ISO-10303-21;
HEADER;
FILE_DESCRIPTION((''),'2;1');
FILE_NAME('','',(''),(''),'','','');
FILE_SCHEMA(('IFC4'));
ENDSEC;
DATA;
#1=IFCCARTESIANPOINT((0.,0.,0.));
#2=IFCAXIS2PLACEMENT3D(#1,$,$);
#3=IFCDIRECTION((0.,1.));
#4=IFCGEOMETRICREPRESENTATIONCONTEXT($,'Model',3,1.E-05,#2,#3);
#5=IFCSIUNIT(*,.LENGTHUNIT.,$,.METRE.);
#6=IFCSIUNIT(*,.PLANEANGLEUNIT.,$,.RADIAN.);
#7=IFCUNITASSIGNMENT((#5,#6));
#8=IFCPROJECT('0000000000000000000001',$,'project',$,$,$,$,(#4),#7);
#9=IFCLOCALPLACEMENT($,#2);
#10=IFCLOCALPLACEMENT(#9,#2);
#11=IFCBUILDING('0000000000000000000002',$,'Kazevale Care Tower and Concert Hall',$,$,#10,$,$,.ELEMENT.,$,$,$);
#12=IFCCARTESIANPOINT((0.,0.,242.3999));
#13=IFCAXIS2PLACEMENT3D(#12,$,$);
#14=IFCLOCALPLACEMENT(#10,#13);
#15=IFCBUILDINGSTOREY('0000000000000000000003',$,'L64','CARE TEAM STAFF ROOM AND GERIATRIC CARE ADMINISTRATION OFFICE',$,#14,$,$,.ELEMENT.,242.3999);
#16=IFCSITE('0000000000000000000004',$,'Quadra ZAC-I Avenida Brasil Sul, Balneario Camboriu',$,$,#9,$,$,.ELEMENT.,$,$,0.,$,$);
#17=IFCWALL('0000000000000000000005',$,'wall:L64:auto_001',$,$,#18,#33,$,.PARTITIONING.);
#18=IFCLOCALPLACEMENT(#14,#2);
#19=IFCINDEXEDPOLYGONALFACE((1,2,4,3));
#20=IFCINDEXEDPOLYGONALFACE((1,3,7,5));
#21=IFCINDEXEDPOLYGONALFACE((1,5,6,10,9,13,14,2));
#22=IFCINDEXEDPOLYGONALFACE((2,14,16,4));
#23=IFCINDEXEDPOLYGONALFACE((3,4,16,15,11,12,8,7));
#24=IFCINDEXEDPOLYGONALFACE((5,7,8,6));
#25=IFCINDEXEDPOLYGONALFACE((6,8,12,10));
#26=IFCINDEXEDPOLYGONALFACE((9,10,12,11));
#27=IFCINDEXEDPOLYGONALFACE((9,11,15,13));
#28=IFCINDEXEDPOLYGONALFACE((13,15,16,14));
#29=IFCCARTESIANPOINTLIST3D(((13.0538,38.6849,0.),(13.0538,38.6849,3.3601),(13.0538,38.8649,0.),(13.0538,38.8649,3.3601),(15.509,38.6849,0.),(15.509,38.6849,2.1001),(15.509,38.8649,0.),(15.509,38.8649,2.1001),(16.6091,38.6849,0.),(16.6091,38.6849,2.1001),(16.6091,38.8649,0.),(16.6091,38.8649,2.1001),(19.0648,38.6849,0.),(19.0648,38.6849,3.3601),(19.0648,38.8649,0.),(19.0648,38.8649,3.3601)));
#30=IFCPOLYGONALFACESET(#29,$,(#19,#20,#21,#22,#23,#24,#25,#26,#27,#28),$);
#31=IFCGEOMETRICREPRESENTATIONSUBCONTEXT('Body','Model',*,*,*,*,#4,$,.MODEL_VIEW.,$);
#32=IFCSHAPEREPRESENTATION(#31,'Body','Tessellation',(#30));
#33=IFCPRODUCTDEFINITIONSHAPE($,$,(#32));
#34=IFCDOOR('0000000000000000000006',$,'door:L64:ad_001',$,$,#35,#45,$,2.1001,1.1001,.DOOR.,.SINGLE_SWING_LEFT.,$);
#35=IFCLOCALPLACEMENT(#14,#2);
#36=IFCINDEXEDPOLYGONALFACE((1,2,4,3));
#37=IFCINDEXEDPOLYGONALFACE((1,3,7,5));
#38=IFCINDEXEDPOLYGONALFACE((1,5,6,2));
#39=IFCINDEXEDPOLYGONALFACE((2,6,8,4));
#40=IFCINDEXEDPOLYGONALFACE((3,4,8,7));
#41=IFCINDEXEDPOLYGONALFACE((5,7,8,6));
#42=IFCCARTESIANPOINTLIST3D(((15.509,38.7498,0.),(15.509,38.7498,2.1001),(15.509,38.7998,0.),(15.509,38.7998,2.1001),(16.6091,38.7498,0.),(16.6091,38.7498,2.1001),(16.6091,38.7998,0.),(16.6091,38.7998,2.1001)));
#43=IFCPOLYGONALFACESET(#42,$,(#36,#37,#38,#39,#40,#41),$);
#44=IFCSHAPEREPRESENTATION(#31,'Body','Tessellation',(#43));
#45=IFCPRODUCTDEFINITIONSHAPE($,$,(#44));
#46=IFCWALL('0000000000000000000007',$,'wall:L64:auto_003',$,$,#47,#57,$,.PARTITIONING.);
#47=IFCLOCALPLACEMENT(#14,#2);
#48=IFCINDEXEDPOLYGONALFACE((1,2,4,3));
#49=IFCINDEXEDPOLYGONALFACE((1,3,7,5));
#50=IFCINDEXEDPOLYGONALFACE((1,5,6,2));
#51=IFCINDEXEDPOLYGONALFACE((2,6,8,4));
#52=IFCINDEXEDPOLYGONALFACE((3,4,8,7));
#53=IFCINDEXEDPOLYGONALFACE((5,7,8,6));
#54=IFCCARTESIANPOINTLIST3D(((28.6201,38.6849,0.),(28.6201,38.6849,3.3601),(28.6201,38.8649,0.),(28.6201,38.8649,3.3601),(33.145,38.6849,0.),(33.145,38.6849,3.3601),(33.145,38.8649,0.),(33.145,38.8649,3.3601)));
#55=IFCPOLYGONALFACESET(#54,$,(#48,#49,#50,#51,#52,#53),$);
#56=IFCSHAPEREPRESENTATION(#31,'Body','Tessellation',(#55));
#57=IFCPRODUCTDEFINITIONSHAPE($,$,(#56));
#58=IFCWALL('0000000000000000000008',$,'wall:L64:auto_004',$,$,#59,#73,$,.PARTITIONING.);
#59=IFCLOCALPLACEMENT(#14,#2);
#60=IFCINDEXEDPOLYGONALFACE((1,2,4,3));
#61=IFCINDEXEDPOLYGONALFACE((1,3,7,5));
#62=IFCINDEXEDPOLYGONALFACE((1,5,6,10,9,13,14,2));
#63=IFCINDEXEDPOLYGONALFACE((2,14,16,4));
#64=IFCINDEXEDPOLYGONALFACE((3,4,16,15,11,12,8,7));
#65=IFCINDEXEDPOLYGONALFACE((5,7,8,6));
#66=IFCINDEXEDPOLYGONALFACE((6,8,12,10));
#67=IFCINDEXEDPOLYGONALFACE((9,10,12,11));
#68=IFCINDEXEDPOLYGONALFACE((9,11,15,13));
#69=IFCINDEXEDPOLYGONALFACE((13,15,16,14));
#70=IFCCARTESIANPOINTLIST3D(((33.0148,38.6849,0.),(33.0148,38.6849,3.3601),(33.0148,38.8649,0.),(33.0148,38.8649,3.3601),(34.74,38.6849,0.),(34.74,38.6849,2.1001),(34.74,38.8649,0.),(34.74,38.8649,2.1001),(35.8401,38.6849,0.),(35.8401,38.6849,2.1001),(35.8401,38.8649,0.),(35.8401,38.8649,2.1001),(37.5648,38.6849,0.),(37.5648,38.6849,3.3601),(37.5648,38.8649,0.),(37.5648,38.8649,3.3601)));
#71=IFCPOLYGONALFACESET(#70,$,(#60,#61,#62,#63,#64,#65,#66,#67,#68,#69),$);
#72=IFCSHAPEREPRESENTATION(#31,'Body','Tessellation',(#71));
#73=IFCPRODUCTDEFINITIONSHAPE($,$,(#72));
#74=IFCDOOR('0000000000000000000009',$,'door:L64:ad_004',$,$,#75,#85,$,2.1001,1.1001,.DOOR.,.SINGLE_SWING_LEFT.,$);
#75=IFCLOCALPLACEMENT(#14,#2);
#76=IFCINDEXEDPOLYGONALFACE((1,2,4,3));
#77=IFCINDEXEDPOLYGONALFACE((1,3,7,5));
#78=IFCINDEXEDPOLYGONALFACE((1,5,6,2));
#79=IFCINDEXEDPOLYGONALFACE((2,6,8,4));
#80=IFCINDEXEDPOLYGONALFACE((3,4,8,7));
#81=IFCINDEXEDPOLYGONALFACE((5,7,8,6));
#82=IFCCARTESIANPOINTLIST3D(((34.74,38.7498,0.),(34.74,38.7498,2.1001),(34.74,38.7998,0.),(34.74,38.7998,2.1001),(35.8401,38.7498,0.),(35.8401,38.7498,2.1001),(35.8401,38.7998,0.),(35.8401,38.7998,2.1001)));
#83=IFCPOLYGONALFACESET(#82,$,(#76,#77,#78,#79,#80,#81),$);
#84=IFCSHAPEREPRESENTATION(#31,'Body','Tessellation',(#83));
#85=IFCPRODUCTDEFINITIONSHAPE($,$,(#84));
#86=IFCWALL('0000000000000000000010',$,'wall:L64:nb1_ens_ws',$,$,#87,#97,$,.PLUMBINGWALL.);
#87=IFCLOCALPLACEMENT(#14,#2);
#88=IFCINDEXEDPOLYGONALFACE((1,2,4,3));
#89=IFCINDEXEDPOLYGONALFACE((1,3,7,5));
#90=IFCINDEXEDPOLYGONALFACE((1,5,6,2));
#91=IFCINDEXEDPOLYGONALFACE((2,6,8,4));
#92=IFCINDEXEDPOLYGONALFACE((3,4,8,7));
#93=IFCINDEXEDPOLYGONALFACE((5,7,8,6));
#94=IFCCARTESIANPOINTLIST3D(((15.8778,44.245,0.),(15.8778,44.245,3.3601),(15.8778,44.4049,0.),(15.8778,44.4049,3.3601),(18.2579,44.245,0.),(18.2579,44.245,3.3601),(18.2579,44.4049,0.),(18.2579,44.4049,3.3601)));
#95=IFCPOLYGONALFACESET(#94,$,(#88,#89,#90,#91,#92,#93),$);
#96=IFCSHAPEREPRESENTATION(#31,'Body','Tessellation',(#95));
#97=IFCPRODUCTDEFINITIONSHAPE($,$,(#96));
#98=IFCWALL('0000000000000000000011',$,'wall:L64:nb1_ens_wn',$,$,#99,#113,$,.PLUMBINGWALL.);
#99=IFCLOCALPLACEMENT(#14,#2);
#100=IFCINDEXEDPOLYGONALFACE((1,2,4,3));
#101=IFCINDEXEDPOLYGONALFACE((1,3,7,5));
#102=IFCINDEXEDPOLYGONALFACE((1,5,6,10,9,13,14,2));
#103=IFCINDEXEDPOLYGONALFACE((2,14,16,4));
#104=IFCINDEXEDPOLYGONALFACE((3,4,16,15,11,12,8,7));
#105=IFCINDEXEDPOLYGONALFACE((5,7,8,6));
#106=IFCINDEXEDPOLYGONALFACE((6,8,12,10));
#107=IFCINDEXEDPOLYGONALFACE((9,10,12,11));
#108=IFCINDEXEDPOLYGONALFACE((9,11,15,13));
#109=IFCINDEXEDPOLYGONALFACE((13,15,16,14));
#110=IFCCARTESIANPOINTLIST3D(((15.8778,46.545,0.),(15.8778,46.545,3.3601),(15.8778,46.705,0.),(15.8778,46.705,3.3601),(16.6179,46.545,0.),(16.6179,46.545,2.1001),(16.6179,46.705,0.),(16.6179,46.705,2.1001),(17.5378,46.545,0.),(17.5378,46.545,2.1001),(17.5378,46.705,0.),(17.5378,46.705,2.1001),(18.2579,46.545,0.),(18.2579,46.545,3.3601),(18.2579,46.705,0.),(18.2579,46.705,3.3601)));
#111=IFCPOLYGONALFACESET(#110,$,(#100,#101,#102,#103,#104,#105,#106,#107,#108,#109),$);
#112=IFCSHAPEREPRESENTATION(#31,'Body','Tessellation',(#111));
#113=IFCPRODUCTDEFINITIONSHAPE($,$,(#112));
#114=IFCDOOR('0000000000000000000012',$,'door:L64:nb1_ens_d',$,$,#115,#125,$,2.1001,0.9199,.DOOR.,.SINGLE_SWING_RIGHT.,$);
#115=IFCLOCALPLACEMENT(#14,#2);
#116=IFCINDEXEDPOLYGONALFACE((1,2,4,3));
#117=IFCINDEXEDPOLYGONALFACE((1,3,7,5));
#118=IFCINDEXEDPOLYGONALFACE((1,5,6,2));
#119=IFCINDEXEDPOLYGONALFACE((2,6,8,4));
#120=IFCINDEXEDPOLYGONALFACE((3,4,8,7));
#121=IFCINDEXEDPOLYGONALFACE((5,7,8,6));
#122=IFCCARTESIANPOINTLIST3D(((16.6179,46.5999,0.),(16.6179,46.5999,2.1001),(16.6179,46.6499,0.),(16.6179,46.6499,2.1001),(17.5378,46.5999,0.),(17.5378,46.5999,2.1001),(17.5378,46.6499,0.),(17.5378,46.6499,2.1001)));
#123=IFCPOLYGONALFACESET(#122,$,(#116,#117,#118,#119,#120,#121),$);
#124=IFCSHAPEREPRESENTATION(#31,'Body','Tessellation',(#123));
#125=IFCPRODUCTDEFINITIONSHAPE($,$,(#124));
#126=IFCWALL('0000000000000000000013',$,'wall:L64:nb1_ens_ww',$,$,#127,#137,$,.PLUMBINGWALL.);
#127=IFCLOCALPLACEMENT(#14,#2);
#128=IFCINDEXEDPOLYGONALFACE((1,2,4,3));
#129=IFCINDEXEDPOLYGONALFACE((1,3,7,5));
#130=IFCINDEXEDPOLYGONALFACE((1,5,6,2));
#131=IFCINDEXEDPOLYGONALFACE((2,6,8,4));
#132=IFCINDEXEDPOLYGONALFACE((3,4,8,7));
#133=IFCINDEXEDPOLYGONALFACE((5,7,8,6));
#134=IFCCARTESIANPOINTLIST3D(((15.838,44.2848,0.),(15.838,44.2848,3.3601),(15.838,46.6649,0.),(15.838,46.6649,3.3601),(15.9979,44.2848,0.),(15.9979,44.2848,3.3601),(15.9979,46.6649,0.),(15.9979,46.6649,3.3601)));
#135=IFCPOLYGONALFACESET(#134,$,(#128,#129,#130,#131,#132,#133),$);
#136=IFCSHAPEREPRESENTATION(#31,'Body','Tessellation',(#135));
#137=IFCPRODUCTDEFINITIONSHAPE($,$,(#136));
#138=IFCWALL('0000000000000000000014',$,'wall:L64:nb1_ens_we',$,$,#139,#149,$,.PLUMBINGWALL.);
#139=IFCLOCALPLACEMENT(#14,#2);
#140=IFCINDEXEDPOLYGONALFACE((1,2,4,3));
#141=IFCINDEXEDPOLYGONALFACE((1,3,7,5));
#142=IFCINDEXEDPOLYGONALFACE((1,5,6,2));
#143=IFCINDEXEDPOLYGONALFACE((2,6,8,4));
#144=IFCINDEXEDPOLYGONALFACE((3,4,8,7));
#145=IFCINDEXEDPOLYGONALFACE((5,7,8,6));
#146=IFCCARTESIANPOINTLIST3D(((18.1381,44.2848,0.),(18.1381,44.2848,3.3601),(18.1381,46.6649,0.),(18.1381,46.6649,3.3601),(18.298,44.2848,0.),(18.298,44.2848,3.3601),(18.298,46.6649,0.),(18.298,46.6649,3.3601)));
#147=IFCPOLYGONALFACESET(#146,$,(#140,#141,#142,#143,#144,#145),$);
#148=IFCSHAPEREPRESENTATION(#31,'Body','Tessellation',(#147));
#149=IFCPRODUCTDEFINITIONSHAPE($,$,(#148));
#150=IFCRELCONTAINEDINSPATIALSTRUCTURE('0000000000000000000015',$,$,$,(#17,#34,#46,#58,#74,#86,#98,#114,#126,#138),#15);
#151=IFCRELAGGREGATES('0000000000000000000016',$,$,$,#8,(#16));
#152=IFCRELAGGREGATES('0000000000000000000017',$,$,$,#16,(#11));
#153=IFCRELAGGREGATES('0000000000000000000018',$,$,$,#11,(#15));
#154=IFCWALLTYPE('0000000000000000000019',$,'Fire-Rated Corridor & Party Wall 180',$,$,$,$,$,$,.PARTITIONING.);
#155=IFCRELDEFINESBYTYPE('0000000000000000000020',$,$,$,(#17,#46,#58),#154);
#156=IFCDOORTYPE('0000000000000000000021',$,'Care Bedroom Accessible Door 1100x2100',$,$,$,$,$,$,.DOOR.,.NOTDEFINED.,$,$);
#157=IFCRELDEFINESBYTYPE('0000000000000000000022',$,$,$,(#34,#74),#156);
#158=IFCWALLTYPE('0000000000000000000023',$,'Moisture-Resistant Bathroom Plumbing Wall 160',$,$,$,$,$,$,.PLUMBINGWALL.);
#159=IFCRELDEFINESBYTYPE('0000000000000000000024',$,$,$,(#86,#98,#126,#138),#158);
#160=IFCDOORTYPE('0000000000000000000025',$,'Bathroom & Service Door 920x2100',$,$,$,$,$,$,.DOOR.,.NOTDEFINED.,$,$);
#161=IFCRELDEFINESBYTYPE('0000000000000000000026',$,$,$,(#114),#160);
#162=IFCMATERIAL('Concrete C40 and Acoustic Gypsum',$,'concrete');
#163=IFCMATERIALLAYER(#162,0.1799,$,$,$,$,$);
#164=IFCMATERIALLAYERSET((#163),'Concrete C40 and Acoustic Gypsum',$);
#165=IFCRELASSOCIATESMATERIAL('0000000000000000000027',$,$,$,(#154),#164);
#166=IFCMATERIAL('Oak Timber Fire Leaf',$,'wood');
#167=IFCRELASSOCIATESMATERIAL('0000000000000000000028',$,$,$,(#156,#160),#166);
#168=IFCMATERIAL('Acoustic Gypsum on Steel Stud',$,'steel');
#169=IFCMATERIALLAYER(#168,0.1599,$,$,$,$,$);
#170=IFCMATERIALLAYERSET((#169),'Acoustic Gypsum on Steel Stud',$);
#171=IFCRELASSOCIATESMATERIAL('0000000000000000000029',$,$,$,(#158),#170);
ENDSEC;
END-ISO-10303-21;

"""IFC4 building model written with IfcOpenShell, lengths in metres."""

from ifc_helpers import new_model, si_unit, direction, frame, frame_2d, origin, place, context, subcontext, project, spatial, rectangle, extrude, material, layer, layer_set, type_object, element, fill, save


model = new_model("IFC4")

# Units and contexts
model_context = context("Model", 3, precision=1e-05, world=origin(), true_north=direction((0.0, 1.0)))
body_context = subcontext(model_context, "Body", "Model", "MODEL_VIEW")
ifc_project = project(units=[si_unit("LENGTHUNIT", "METRE"), si_unit("PLANEANGLEUNIT", "RADIAN")], contexts=[model_context])

# Site, building, storey
site_placement = place(None, origin())
site = spatial("IfcSite", under=ifc_project, at=site_placement, Name="Quadra ZAC-I Avenida Brasil Sul, Balneario Camboriu", CompositionType="ELEMENT", RefElevation=0.0)
building_placement = place(site_placement, origin())
building = spatial("IfcBuilding", under=site, at=building_placement, Name="Kazevale Care Tower and Concert Hall", CompositionType="ELEMENT")
storey_placement = place(building_placement, frame((0.0, 0.0, 242.3999)))
storey = spatial("IfcBuildingStorey", under=building, at=storey_placement, Name="L64", Description="CARE TEAM STAFF ROOM AND GERIATRIC CARE ADMINISTRATION OFFICE", CompositionType="ELEMENT", Elevation=242.3999)

# Wall, opening, door
ifc_material_1 = material(Name="Concrete C40 and Acoustic Gypsum", Category="concrete")
ifc_layer_1 = layer(ifc_material_1, 0.1799)
ifc_layer_set_1 = layer_set([ifc_layer_1], Name="Concrete C40 and Acoustic Gypsum")
wall_type_1 = type_object("IfcWallType", Name="Fire-Rated Corridor & Party Wall 180", PredefinedType="PARTITIONING", material=ifc_layer_set_1)
wall_1_placement = place(storey_placement, frame((13.054, 38.7749, 0.0), z_axis=(0.0, 0.0, 1.0), x_axis=(1.0, 0.0, 0.0)))
wall_1 = element("IfcWall", 1, at=wall_1_placement, inside=storey, type_object=wall_type_1, Name="wall:L64:auto_001", PredefinedType="PARTITIONING", context=body_context, shape_type="SweptSolid", body=[
    extrude(rectangle(XDim=6.011, YDim=0.1799, at=frame_2d((3.0054, 0.0))), origin(), (0.0, 0.0, 1.0), 3.3601),
])
opening_1_placement = place(wall_1_placement, frame((2.4551, 0.0, 0.0)))
opening_1 = element("IfcOpeningElement", 2, at=opening_1_placement, cuts=wall_1, PredefinedType="OPENING", context=body_context, shape_type="SweptSolid", body=[
    extrude(rectangle(XDim=1.1001, YDim=2.1001, at=frame_2d((0.55, 1.05))), frame((0.0, 0.0999, 0.0), z_axis=(0.0, -1.0, 0.0), x_axis=(1.0, 0.0, 0.0)), (0.0, 0.0, 1.0), 0.2),
])
ifc_material_2 = material(Name="Oak Timber Fire Leaf", Category="wood")
door_type_1 = type_object("IfcDoorType", Name="Care Bedroom Accessible Door 1100x2100", OperationType="NOTDEFINED", PredefinedType="DOOR", material=ifc_material_2)
door_1_placement = place(opening_1_placement, origin())
door_1 = element("IfcDoor", 3, at=door_1_placement, inside=storey, type_object=door_type_1, Name="door:L64:ad_001", OperationType="SINGLE_SWING_LEFT", OverallHeight=2.1001, OverallWidth=1.1001, PredefinedType="DOOR", context=body_context, shape_type="SweptSolid", body=[
    extrude(rectangle(XDim=1.1001, YDim=2.1001, at=frame_2d((0.55, 1.05))), frame((0.0, 0.0249, 0.0), z_axis=(0.0, -1.0, 0.0), x_axis=(1.0, 0.0, 0.0)), (0.0, 0.0, 1.0), 0.05),
])
fill(opening_1, door_1)

# Wall
wall_2_placement = place(storey_placement, frame((28.6201, 38.7749, 0.0), z_axis=(0.0, 0.0, 1.0), x_axis=(1.0, 0.0, 0.0)))
element("IfcWall", 4, at=wall_2_placement, inside=storey, type_object=wall_type_1, Name="wall:L64:auto_003", PredefinedType="PARTITIONING", context=body_context, shape_type="SweptSolid", body=[
    extrude(rectangle(XDim=4.5249, YDim=0.1799, at=frame_2d((2.2625, 0.0))), origin(), (0.0, 0.0, 1.0), 3.3601),
])

# Wall, opening, door
wall_3_placement = place(storey_placement, frame((33.0149, 38.7749, 0.0), z_axis=(0.0, 0.0, 1.0), x_axis=(1.0, 0.0, 0.0)))
wall_3 = element("IfcWall", 5, at=wall_3_placement, inside=storey, type_object=wall_type_1, Name="wall:L64:auto_004", PredefinedType="PARTITIONING", context=body_context, shape_type="SweptSolid", body=[
    extrude(rectangle(XDim=4.55, YDim=0.1799, at=frame_2d((2.2749, 0.0))), origin(), (0.0, 0.0, 1.0), 3.3601),
])
opening_2_placement = place(wall_3_placement, frame((1.7251, 0.0, 0.0)))
opening_2 = element("IfcOpeningElement", 6, at=opening_2_placement, cuts=wall_3, PredefinedType="OPENING", context=body_context, shape_type="SweptSolid", body=[
    extrude(rectangle(XDim=1.1001, YDim=2.1001, at=frame_2d((0.55, 1.05))), frame((0.0, 0.0999, 0.0), z_axis=(0.0, -1.0, 0.0), x_axis=(1.0, 0.0, 0.0)), (0.0, 0.0, 1.0), 0.2),
])
door_2_placement = place(opening_2_placement, origin())
door_2 = element("IfcDoor", 7, at=door_2_placement, inside=storey, type_object=door_type_1, Name="door:L64:ad_004", OperationType="SINGLE_SWING_LEFT", OverallHeight=2.1001, OverallWidth=1.1001, PredefinedType="DOOR", context=body_context, shape_type="SweptSolid", body=[
    extrude(rectangle(XDim=1.1001, YDim=2.1001, at=frame_2d((0.55, 1.05))), frame((0.0, 0.0249, 0.0), z_axis=(0.0, -1.0, 0.0), x_axis=(1.0, 0.0, 0.0)), (0.0, 0.0, 1.0), 0.05),
])
fill(opening_2, door_2)

# Wall
ifc_material_3 = material(Name="Acoustic Gypsum on Steel Stud", Category="steel")
ifc_layer_2 = layer(ifc_material_3, 0.1599)
ifc_layer_set_2 = layer_set([ifc_layer_2], Name="Acoustic Gypsum on Steel Stud")
wall_type_2 = type_object("IfcWallType", Name="Moisture-Resistant Bathroom Plumbing Wall 160", PredefinedType="PLUMBINGWALL", material=ifc_layer_set_2)
wall_4_placement = place(storey_placement, frame((15.8779, 44.325, 0.0), z_axis=(0.0, 0.0, 1.0), x_axis=(1.0, 0.0, 0.0)))
element("IfcWall", 8, at=wall_4_placement, inside=storey, type_object=wall_type_2, Name="wall:L64:nb1_ens_ws", PredefinedType="PLUMBINGWALL", context=body_context, shape_type="SweptSolid", body=[
    extrude(rectangle(XDim=2.3801, YDim=0.1599, at=frame_2d((1.1899, 0.0))), origin(), (0.0, 0.0, 1.0), 3.3601),
])

# Wall, opening, door
wall_5_placement = place(storey_placement, frame((15.8779, 46.625, 0.0), z_axis=(0.0, 0.0, 1.0), x_axis=(1.0, 0.0, 0.0)))
wall_5 = element("IfcWall", 9, at=wall_5_placement, inside=storey, type_object=wall_type_2, Name="wall:L64:nb1_ens_wn", PredefinedType="PLUMBINGWALL", context=body_context, shape_type="SweptSolid", body=[
    extrude(rectangle(XDim=2.3801, YDim=0.1599, at=frame_2d((1.1899, 0.0))), origin(), (0.0, 0.0, 1.0), 3.3601),
])
opening_3_placement = place(wall_5_placement, frame((0.74, 0.0, 0.0)))
opening_3 = element("IfcOpeningElement", 10, at=opening_3_placement, cuts=wall_5, PredefinedType="OPENING", context=body_context, shape_type="SweptSolid", body=[
    extrude(rectangle(XDim=0.9199, YDim=2.1001, at=frame_2d((0.46, 1.05))), frame((0.0, 0.0898, 0.0), z_axis=(0.0, -1.0, 0.0), x_axis=(1.0, 0.0, 0.0)), (0.0, 0.0, 1.0), 0.1799),
])
door_type_2 = type_object("IfcDoorType", Name="Bathroom & Service Door 920x2100", OperationType="NOTDEFINED", PredefinedType="DOOR", material=ifc_material_2)
door_3_placement = place(opening_3_placement, origin())
door_3 = element("IfcDoor", 11, at=door_3_placement, inside=storey, type_object=door_type_2, Name="door:L64:nb1_ens_d", OperationType="SINGLE_SWING_RIGHT", OverallHeight=2.1001, OverallWidth=0.9199, PredefinedType="DOOR", context=body_context, shape_type="SweptSolid", body=[
    extrude(rectangle(XDim=0.9199, YDim=2.1001, at=frame_2d((0.46, 1.05))), frame((0.0, 0.0249, 0.0), z_axis=(0.0, -1.0, 0.0), x_axis=(1.0, 0.0, 0.0)), (0.0, 0.0, 1.0), 0.05),
])
fill(opening_3, door_3)

# Walls
for number, where, z_axis, x_axis, name in (
    (12, (15.918, 44.2849, 0.0), (0.0, 0.0, 1.0), (0.0, 1.0, 0.0), "wall:L64:nb1_ens_ww"),
    (13, (18.218, 44.2849, 0.0), (0.0, 0.0, 1.0), (0.0, 1.0, 0.0), "wall:L64:nb1_ens_we"),
):
    element("IfcWall", number, at=place(storey_placement, frame(where, z_axis=z_axis, x_axis=x_axis)), inside=storey, type_object=wall_type_2, Name=name, PredefinedType="PLUMBINGWALL", context=body_context, shape_type="SweptSolid", body=[
        extrude(rectangle(XDim=2.3801, YDim=0.1599, at=frame_2d((1.1899, 0.0))), origin(), (0.0, 0.0, 1.0), 3.3601),
    ])

save(model, "model.ifc")
